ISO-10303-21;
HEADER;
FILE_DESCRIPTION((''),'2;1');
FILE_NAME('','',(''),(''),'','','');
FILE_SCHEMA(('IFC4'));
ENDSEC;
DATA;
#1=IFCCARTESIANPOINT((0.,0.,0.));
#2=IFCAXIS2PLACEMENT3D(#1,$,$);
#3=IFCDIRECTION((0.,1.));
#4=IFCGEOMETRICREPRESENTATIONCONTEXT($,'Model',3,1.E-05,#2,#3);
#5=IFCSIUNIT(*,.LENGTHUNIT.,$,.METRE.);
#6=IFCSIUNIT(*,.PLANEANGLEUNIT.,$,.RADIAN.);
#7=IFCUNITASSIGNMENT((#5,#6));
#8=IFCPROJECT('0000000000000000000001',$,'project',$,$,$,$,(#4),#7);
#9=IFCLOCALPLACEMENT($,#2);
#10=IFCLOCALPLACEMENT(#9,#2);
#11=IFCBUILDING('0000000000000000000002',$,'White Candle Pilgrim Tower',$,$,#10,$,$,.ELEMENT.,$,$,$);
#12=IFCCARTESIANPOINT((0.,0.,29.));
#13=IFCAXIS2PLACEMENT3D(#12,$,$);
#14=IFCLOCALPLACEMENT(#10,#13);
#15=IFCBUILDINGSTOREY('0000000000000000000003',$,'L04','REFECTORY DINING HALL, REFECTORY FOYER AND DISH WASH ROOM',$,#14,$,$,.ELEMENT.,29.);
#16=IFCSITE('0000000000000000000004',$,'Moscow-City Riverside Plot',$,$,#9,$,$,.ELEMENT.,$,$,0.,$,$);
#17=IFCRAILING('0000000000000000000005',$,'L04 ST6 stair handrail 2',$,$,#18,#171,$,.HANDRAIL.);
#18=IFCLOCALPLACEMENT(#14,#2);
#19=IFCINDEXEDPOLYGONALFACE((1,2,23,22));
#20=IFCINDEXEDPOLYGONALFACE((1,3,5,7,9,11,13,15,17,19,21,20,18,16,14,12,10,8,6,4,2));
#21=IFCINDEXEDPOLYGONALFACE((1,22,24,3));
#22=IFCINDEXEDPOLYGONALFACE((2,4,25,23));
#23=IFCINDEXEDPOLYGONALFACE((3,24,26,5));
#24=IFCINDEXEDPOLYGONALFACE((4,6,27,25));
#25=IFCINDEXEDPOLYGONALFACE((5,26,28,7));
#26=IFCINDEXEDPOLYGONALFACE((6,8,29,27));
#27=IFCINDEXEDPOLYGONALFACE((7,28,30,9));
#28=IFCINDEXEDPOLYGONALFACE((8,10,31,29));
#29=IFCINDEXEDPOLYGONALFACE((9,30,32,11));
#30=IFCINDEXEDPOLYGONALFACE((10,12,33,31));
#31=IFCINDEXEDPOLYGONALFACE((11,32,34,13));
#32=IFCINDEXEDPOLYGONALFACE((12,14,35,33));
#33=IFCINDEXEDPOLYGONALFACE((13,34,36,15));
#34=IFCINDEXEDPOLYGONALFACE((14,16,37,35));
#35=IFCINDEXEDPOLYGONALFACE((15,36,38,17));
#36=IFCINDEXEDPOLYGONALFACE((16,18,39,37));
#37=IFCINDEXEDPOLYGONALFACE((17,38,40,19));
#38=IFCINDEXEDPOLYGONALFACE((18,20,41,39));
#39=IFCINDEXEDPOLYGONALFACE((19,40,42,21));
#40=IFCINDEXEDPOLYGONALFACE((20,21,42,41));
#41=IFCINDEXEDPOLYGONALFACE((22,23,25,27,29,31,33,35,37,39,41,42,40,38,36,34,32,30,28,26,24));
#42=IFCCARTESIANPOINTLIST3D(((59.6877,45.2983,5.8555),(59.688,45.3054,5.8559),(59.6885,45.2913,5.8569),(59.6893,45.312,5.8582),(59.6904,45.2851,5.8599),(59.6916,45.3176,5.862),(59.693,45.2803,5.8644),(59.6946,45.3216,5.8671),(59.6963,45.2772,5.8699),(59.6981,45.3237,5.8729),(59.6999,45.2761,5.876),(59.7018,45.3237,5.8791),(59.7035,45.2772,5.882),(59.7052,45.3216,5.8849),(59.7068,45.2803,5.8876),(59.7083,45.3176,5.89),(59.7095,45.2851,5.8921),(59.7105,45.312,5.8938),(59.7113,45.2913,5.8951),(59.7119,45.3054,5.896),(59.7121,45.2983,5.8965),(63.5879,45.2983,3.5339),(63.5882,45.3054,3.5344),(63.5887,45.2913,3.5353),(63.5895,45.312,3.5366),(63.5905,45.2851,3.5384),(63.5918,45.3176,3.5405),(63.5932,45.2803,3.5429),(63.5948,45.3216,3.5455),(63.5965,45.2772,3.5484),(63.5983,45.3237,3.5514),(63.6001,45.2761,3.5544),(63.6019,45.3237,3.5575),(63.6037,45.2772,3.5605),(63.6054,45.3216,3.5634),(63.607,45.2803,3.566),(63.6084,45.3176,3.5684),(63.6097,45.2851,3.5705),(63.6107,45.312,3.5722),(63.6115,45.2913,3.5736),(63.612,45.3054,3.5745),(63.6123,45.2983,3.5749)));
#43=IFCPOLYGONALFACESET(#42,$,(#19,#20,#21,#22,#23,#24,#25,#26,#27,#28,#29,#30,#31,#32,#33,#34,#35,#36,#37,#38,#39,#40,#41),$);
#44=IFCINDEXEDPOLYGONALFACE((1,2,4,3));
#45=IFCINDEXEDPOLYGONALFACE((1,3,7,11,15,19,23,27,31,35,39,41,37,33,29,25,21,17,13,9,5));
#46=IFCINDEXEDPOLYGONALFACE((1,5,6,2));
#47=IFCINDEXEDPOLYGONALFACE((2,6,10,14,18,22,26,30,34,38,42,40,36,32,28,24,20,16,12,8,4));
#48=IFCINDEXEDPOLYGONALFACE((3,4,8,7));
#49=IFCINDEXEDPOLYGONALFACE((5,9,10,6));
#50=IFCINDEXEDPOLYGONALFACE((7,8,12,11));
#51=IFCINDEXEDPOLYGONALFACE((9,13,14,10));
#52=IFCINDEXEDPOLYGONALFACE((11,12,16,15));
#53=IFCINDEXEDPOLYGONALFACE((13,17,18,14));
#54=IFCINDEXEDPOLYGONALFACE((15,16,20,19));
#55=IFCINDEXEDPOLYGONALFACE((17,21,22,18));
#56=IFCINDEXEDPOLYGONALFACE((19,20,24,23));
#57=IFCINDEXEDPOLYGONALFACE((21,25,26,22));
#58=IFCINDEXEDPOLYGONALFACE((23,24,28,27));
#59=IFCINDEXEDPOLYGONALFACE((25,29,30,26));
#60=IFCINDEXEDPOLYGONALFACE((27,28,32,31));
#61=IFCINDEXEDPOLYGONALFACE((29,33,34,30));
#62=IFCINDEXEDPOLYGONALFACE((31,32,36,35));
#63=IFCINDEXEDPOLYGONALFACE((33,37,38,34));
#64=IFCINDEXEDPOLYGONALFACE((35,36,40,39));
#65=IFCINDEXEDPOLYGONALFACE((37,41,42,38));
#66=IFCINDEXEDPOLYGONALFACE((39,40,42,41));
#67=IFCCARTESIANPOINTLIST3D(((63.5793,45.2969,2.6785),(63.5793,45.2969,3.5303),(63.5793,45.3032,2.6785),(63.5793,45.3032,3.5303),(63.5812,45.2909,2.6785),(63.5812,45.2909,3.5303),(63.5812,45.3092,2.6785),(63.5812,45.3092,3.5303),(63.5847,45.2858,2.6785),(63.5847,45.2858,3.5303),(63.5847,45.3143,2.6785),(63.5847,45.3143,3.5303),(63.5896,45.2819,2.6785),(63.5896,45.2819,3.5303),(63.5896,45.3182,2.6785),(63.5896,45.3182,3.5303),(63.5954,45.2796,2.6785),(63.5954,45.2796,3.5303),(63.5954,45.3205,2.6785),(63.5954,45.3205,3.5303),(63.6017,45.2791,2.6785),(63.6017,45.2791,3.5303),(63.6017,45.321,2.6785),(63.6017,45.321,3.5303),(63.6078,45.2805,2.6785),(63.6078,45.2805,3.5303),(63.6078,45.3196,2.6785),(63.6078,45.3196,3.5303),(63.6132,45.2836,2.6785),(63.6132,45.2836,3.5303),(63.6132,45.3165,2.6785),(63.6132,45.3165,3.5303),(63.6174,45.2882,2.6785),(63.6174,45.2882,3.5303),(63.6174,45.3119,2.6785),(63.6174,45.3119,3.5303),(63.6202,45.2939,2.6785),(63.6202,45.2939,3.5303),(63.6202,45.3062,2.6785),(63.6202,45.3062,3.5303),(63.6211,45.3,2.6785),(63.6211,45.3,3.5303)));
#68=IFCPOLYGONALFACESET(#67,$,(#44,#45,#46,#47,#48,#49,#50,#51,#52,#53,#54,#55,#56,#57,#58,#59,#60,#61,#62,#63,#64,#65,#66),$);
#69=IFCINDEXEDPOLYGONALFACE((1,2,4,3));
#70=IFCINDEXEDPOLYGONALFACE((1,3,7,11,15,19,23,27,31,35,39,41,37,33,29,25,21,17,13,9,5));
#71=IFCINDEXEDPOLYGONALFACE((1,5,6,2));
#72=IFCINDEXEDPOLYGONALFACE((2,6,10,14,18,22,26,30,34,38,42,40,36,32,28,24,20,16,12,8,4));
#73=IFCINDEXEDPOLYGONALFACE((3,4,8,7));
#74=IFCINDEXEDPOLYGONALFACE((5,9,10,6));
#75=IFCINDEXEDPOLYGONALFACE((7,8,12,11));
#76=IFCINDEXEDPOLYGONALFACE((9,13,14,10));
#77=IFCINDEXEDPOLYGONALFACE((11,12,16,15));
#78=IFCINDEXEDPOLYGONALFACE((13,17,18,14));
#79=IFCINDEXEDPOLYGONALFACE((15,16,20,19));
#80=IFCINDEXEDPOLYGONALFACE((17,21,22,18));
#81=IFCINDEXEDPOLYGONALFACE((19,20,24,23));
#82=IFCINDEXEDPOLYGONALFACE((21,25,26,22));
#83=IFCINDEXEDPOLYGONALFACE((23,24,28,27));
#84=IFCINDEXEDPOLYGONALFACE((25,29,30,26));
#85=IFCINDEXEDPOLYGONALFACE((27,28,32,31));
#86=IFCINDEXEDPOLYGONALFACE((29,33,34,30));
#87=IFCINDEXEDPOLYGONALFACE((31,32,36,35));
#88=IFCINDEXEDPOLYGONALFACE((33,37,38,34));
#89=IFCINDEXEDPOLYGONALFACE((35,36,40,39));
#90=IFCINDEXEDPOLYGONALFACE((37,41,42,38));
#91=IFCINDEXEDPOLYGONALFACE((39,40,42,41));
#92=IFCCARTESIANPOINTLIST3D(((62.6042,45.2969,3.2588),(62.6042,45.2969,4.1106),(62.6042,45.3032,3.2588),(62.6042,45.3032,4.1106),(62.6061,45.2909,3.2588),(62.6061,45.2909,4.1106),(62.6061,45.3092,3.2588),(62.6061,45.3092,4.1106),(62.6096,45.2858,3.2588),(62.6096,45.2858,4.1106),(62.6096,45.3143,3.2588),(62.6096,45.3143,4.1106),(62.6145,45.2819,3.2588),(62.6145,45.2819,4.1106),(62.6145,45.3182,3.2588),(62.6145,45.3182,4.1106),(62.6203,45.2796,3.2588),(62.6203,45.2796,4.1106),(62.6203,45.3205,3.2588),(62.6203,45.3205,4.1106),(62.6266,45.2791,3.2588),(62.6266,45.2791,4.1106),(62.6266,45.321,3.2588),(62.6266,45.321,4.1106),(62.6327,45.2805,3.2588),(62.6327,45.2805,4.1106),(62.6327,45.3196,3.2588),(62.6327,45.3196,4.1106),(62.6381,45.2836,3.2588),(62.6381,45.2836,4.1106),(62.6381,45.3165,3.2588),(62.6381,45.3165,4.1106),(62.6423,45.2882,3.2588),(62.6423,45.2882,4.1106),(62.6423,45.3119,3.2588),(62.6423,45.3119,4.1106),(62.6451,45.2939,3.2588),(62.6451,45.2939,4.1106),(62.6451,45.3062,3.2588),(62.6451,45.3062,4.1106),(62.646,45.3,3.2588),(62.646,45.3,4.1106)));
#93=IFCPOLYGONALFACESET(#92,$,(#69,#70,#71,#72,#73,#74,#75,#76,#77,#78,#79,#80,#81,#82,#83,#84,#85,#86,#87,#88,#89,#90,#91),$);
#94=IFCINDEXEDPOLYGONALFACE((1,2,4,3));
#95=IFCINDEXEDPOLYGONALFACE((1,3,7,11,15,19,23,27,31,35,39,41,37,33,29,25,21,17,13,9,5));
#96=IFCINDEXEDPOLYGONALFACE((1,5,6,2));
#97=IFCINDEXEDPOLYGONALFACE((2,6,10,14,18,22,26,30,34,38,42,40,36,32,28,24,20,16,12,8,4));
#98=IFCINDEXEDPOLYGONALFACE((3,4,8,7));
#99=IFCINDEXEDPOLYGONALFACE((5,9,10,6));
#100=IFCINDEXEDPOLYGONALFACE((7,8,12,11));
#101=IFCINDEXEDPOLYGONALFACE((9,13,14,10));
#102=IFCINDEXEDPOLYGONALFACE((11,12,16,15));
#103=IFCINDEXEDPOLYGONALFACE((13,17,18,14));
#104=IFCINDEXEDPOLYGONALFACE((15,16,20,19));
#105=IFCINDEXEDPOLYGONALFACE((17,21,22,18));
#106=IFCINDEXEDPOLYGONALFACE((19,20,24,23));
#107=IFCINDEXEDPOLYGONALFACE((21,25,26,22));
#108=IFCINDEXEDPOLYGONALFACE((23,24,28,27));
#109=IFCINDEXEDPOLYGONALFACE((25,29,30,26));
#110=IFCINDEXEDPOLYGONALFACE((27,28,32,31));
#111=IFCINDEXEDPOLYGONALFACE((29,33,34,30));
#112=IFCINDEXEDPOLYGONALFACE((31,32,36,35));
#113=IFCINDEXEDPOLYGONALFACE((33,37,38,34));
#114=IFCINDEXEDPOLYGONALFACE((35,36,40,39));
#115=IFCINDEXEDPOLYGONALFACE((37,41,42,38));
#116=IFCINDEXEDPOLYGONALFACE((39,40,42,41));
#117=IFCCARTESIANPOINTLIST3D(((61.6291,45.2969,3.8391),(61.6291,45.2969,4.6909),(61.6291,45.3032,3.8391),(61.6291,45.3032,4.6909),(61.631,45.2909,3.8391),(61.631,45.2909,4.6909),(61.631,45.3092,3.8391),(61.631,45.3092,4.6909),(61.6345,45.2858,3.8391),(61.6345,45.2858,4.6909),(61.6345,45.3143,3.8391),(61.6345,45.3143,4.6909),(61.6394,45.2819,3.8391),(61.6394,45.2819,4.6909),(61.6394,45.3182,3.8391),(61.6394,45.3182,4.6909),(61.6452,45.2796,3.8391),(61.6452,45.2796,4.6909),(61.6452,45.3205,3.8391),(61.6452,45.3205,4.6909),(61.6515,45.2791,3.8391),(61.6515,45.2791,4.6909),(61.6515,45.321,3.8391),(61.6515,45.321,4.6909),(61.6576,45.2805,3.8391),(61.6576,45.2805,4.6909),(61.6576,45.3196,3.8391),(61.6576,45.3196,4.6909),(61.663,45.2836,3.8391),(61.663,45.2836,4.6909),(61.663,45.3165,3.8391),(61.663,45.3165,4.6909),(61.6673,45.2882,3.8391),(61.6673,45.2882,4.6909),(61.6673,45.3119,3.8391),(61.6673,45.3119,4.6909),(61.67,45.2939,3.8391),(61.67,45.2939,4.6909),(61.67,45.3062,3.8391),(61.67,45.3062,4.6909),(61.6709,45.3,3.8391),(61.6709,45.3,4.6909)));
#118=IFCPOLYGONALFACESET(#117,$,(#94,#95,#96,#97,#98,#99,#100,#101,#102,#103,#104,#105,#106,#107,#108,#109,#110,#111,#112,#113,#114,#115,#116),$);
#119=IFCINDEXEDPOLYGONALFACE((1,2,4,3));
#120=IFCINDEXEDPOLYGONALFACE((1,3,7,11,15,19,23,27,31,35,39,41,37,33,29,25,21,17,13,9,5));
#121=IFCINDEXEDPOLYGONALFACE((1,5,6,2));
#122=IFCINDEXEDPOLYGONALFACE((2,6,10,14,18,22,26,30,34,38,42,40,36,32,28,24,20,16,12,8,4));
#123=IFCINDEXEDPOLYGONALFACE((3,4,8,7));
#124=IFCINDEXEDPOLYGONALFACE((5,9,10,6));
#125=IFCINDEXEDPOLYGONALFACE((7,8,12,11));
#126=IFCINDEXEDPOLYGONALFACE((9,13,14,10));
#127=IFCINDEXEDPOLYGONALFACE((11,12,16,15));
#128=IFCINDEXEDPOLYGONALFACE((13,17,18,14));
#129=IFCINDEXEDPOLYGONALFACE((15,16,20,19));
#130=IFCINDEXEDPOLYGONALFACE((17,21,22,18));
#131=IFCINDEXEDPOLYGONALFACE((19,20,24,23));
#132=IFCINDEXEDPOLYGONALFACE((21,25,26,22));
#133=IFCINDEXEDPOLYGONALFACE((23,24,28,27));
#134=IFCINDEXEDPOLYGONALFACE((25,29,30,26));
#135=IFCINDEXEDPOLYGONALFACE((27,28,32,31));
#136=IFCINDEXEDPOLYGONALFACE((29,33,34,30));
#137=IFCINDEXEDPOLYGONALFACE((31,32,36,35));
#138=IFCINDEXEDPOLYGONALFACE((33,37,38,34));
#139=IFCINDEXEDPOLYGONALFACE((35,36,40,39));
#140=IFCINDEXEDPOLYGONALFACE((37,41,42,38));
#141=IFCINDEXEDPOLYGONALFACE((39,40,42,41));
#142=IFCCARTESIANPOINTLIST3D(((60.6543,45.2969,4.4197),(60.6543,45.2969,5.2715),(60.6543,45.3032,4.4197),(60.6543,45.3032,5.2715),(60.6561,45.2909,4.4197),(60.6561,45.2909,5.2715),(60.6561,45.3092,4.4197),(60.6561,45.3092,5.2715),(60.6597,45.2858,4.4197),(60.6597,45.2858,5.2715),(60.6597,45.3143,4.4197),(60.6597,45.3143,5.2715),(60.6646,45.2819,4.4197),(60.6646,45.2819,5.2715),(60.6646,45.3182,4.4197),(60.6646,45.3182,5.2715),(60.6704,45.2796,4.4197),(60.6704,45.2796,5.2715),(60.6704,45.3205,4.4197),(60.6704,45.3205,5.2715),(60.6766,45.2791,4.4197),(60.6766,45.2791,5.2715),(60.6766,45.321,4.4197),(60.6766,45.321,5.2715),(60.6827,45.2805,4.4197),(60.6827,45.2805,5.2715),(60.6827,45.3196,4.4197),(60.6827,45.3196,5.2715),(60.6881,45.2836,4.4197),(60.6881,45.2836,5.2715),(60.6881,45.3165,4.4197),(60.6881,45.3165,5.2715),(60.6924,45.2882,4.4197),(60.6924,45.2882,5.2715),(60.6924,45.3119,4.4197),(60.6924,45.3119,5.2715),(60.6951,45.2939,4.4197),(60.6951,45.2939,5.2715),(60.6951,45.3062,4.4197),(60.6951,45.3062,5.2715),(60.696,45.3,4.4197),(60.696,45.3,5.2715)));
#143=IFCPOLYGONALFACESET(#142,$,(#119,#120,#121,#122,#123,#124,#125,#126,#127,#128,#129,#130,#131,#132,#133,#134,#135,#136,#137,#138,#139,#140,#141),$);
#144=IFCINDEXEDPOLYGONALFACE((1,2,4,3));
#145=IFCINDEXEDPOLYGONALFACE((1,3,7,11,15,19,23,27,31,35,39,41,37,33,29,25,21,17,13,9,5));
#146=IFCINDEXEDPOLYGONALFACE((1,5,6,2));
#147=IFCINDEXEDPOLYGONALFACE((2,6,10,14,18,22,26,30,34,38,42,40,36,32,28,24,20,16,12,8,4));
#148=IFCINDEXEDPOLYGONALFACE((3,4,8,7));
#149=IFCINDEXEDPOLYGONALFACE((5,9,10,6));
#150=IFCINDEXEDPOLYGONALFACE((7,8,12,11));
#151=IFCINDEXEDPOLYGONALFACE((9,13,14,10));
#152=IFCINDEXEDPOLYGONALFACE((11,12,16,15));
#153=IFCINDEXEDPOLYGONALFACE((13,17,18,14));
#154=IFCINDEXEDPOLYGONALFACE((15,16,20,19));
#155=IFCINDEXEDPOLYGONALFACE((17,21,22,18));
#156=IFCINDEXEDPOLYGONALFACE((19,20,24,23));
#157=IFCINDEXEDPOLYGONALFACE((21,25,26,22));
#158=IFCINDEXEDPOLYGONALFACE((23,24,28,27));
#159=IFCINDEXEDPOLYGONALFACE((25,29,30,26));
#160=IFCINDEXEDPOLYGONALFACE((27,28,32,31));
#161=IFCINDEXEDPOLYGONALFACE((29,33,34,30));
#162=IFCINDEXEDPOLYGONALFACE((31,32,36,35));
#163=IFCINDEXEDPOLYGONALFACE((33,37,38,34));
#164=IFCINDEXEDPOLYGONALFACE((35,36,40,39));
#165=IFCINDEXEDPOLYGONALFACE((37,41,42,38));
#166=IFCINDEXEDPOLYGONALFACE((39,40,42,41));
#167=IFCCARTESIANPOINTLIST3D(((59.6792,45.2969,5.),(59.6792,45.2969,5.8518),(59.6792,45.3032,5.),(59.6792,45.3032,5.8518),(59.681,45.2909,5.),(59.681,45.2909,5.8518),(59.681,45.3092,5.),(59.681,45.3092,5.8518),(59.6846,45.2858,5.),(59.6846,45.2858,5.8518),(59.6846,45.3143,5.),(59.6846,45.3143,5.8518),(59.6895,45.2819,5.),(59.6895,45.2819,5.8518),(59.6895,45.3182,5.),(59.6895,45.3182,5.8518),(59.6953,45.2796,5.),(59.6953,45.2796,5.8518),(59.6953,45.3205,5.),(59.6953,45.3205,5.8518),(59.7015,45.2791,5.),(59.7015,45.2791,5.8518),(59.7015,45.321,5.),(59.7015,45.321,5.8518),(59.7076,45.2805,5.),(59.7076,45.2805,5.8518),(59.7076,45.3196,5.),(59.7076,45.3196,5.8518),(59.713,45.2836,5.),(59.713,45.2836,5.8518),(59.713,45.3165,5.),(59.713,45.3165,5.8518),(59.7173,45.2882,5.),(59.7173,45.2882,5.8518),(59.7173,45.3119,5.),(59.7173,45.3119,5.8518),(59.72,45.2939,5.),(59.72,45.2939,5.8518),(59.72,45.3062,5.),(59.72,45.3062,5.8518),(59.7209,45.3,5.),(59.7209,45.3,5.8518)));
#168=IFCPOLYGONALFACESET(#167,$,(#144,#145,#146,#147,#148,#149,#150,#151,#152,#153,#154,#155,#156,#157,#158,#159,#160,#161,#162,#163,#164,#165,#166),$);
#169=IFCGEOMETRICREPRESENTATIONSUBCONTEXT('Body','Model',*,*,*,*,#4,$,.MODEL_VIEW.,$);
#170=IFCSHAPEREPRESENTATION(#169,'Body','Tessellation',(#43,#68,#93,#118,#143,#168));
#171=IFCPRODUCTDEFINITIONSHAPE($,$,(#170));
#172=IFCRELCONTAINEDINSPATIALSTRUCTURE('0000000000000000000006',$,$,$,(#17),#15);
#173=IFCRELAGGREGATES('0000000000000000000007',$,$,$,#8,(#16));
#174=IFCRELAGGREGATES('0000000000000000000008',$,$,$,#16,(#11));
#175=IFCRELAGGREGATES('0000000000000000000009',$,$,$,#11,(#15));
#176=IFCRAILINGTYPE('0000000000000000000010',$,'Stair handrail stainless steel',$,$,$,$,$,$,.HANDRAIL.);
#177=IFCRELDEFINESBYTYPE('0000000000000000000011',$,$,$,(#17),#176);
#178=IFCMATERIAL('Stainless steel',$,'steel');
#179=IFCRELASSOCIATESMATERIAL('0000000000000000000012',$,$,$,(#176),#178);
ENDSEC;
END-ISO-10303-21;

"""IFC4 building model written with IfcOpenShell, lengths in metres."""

from ifc_helpers import new_model, si_unit, direction, frame, origin, origin_2d, place, context, subcontext, project, spatial, circle, extrude, material, type_object, element, save


model = new_model("IFC4")

# Units and contexts
model_context = context("Model", 3, precision=1e-05, world=origin(), true_north=direction((0.0, 1.0)))
body_context = subcontext(model_context, "Body", "Model", "MODEL_VIEW")
ifc_project = project(units=[si_unit("LENGTHUNIT", "METRE"), si_unit("PLANEANGLEUNIT", "RADIAN")], contexts=[model_context])

# Site, building, storey
site_placement = place(None, origin())
site = spatial("IfcSite", under=ifc_project, at=site_placement, Name="Moscow-City Riverside Plot", CompositionType="ELEMENT", RefElevation=0.0)
building_placement = place(site_placement, origin())
building = spatial("IfcBuilding", under=site, at=building_placement, Name="White Candle Pilgrim Tower", CompositionType="ELEMENT")
storey_placement = place(building_placement, frame((0.0, 0.0, 29.0)))
storey = spatial("IfcBuildingStorey", under=building, at=storey_placement, Name="L04", Description="REFECTORY DINING HALL, REFECTORY FOYER AND DISH WASH ROOM", CompositionType="ELEMENT", Elevation=29.0)

# Railing
ifc_material_1 = material(Name="Stainless steel", Category="steel")
railing_type_1 = type_object("IfcRailingType", Name="Stair handrail stainless steel", PredefinedType="HANDRAIL", material=ifc_material_1)
railing_1_placement = place(storey_placement, frame((63.6001, 45.3, 2.6785)))
element("IfcRailing", 1, at=railing_1_placement, inside=storey, type_object=railing_type_1, Name="L04 ST6 stair handrail 2", PredefinedType="HANDRAIL", context=body_context, shape_type="SweptSolid", body=[
    extrude(circle(Radius=0.0239, at=origin_2d()), frame((0.0, 0.0, 0.876), z_axis=(-0.859291, 0.0, 0.511487), x_axis=(0.0, -1.0, 0.0)), (0.0, 0.0, 1.0), 4.5388),
    extrude(circle(Radius=0.021, at=origin_2d()), origin(), (0.0, 0.0, 1.0), 0.8518),
    extrude(circle(Radius=0.021, at=origin_2d()), frame((-0.9751, 0.0, 0.5803)), (0.0, 0.0, 1.0), 0.8518),
    extrude(circle(Radius=0.021, at=origin_2d()), frame((-1.9502, 0.0, 1.1606)), (0.0, 0.0, 1.0), 0.8518),
    extrude(circle(Radius=0.021, at=origin_2d()), frame((-2.925, 0.0, 1.7412)), (0.0, 0.0, 1.0), 0.8518),
    extrude(circle(Radius=0.021, at=origin_2d()), frame((-3.9001, 0.0, 2.3215)), (0.0, 0.0, 1.0), 0.8518),
])

save(model, "model.ifc")
